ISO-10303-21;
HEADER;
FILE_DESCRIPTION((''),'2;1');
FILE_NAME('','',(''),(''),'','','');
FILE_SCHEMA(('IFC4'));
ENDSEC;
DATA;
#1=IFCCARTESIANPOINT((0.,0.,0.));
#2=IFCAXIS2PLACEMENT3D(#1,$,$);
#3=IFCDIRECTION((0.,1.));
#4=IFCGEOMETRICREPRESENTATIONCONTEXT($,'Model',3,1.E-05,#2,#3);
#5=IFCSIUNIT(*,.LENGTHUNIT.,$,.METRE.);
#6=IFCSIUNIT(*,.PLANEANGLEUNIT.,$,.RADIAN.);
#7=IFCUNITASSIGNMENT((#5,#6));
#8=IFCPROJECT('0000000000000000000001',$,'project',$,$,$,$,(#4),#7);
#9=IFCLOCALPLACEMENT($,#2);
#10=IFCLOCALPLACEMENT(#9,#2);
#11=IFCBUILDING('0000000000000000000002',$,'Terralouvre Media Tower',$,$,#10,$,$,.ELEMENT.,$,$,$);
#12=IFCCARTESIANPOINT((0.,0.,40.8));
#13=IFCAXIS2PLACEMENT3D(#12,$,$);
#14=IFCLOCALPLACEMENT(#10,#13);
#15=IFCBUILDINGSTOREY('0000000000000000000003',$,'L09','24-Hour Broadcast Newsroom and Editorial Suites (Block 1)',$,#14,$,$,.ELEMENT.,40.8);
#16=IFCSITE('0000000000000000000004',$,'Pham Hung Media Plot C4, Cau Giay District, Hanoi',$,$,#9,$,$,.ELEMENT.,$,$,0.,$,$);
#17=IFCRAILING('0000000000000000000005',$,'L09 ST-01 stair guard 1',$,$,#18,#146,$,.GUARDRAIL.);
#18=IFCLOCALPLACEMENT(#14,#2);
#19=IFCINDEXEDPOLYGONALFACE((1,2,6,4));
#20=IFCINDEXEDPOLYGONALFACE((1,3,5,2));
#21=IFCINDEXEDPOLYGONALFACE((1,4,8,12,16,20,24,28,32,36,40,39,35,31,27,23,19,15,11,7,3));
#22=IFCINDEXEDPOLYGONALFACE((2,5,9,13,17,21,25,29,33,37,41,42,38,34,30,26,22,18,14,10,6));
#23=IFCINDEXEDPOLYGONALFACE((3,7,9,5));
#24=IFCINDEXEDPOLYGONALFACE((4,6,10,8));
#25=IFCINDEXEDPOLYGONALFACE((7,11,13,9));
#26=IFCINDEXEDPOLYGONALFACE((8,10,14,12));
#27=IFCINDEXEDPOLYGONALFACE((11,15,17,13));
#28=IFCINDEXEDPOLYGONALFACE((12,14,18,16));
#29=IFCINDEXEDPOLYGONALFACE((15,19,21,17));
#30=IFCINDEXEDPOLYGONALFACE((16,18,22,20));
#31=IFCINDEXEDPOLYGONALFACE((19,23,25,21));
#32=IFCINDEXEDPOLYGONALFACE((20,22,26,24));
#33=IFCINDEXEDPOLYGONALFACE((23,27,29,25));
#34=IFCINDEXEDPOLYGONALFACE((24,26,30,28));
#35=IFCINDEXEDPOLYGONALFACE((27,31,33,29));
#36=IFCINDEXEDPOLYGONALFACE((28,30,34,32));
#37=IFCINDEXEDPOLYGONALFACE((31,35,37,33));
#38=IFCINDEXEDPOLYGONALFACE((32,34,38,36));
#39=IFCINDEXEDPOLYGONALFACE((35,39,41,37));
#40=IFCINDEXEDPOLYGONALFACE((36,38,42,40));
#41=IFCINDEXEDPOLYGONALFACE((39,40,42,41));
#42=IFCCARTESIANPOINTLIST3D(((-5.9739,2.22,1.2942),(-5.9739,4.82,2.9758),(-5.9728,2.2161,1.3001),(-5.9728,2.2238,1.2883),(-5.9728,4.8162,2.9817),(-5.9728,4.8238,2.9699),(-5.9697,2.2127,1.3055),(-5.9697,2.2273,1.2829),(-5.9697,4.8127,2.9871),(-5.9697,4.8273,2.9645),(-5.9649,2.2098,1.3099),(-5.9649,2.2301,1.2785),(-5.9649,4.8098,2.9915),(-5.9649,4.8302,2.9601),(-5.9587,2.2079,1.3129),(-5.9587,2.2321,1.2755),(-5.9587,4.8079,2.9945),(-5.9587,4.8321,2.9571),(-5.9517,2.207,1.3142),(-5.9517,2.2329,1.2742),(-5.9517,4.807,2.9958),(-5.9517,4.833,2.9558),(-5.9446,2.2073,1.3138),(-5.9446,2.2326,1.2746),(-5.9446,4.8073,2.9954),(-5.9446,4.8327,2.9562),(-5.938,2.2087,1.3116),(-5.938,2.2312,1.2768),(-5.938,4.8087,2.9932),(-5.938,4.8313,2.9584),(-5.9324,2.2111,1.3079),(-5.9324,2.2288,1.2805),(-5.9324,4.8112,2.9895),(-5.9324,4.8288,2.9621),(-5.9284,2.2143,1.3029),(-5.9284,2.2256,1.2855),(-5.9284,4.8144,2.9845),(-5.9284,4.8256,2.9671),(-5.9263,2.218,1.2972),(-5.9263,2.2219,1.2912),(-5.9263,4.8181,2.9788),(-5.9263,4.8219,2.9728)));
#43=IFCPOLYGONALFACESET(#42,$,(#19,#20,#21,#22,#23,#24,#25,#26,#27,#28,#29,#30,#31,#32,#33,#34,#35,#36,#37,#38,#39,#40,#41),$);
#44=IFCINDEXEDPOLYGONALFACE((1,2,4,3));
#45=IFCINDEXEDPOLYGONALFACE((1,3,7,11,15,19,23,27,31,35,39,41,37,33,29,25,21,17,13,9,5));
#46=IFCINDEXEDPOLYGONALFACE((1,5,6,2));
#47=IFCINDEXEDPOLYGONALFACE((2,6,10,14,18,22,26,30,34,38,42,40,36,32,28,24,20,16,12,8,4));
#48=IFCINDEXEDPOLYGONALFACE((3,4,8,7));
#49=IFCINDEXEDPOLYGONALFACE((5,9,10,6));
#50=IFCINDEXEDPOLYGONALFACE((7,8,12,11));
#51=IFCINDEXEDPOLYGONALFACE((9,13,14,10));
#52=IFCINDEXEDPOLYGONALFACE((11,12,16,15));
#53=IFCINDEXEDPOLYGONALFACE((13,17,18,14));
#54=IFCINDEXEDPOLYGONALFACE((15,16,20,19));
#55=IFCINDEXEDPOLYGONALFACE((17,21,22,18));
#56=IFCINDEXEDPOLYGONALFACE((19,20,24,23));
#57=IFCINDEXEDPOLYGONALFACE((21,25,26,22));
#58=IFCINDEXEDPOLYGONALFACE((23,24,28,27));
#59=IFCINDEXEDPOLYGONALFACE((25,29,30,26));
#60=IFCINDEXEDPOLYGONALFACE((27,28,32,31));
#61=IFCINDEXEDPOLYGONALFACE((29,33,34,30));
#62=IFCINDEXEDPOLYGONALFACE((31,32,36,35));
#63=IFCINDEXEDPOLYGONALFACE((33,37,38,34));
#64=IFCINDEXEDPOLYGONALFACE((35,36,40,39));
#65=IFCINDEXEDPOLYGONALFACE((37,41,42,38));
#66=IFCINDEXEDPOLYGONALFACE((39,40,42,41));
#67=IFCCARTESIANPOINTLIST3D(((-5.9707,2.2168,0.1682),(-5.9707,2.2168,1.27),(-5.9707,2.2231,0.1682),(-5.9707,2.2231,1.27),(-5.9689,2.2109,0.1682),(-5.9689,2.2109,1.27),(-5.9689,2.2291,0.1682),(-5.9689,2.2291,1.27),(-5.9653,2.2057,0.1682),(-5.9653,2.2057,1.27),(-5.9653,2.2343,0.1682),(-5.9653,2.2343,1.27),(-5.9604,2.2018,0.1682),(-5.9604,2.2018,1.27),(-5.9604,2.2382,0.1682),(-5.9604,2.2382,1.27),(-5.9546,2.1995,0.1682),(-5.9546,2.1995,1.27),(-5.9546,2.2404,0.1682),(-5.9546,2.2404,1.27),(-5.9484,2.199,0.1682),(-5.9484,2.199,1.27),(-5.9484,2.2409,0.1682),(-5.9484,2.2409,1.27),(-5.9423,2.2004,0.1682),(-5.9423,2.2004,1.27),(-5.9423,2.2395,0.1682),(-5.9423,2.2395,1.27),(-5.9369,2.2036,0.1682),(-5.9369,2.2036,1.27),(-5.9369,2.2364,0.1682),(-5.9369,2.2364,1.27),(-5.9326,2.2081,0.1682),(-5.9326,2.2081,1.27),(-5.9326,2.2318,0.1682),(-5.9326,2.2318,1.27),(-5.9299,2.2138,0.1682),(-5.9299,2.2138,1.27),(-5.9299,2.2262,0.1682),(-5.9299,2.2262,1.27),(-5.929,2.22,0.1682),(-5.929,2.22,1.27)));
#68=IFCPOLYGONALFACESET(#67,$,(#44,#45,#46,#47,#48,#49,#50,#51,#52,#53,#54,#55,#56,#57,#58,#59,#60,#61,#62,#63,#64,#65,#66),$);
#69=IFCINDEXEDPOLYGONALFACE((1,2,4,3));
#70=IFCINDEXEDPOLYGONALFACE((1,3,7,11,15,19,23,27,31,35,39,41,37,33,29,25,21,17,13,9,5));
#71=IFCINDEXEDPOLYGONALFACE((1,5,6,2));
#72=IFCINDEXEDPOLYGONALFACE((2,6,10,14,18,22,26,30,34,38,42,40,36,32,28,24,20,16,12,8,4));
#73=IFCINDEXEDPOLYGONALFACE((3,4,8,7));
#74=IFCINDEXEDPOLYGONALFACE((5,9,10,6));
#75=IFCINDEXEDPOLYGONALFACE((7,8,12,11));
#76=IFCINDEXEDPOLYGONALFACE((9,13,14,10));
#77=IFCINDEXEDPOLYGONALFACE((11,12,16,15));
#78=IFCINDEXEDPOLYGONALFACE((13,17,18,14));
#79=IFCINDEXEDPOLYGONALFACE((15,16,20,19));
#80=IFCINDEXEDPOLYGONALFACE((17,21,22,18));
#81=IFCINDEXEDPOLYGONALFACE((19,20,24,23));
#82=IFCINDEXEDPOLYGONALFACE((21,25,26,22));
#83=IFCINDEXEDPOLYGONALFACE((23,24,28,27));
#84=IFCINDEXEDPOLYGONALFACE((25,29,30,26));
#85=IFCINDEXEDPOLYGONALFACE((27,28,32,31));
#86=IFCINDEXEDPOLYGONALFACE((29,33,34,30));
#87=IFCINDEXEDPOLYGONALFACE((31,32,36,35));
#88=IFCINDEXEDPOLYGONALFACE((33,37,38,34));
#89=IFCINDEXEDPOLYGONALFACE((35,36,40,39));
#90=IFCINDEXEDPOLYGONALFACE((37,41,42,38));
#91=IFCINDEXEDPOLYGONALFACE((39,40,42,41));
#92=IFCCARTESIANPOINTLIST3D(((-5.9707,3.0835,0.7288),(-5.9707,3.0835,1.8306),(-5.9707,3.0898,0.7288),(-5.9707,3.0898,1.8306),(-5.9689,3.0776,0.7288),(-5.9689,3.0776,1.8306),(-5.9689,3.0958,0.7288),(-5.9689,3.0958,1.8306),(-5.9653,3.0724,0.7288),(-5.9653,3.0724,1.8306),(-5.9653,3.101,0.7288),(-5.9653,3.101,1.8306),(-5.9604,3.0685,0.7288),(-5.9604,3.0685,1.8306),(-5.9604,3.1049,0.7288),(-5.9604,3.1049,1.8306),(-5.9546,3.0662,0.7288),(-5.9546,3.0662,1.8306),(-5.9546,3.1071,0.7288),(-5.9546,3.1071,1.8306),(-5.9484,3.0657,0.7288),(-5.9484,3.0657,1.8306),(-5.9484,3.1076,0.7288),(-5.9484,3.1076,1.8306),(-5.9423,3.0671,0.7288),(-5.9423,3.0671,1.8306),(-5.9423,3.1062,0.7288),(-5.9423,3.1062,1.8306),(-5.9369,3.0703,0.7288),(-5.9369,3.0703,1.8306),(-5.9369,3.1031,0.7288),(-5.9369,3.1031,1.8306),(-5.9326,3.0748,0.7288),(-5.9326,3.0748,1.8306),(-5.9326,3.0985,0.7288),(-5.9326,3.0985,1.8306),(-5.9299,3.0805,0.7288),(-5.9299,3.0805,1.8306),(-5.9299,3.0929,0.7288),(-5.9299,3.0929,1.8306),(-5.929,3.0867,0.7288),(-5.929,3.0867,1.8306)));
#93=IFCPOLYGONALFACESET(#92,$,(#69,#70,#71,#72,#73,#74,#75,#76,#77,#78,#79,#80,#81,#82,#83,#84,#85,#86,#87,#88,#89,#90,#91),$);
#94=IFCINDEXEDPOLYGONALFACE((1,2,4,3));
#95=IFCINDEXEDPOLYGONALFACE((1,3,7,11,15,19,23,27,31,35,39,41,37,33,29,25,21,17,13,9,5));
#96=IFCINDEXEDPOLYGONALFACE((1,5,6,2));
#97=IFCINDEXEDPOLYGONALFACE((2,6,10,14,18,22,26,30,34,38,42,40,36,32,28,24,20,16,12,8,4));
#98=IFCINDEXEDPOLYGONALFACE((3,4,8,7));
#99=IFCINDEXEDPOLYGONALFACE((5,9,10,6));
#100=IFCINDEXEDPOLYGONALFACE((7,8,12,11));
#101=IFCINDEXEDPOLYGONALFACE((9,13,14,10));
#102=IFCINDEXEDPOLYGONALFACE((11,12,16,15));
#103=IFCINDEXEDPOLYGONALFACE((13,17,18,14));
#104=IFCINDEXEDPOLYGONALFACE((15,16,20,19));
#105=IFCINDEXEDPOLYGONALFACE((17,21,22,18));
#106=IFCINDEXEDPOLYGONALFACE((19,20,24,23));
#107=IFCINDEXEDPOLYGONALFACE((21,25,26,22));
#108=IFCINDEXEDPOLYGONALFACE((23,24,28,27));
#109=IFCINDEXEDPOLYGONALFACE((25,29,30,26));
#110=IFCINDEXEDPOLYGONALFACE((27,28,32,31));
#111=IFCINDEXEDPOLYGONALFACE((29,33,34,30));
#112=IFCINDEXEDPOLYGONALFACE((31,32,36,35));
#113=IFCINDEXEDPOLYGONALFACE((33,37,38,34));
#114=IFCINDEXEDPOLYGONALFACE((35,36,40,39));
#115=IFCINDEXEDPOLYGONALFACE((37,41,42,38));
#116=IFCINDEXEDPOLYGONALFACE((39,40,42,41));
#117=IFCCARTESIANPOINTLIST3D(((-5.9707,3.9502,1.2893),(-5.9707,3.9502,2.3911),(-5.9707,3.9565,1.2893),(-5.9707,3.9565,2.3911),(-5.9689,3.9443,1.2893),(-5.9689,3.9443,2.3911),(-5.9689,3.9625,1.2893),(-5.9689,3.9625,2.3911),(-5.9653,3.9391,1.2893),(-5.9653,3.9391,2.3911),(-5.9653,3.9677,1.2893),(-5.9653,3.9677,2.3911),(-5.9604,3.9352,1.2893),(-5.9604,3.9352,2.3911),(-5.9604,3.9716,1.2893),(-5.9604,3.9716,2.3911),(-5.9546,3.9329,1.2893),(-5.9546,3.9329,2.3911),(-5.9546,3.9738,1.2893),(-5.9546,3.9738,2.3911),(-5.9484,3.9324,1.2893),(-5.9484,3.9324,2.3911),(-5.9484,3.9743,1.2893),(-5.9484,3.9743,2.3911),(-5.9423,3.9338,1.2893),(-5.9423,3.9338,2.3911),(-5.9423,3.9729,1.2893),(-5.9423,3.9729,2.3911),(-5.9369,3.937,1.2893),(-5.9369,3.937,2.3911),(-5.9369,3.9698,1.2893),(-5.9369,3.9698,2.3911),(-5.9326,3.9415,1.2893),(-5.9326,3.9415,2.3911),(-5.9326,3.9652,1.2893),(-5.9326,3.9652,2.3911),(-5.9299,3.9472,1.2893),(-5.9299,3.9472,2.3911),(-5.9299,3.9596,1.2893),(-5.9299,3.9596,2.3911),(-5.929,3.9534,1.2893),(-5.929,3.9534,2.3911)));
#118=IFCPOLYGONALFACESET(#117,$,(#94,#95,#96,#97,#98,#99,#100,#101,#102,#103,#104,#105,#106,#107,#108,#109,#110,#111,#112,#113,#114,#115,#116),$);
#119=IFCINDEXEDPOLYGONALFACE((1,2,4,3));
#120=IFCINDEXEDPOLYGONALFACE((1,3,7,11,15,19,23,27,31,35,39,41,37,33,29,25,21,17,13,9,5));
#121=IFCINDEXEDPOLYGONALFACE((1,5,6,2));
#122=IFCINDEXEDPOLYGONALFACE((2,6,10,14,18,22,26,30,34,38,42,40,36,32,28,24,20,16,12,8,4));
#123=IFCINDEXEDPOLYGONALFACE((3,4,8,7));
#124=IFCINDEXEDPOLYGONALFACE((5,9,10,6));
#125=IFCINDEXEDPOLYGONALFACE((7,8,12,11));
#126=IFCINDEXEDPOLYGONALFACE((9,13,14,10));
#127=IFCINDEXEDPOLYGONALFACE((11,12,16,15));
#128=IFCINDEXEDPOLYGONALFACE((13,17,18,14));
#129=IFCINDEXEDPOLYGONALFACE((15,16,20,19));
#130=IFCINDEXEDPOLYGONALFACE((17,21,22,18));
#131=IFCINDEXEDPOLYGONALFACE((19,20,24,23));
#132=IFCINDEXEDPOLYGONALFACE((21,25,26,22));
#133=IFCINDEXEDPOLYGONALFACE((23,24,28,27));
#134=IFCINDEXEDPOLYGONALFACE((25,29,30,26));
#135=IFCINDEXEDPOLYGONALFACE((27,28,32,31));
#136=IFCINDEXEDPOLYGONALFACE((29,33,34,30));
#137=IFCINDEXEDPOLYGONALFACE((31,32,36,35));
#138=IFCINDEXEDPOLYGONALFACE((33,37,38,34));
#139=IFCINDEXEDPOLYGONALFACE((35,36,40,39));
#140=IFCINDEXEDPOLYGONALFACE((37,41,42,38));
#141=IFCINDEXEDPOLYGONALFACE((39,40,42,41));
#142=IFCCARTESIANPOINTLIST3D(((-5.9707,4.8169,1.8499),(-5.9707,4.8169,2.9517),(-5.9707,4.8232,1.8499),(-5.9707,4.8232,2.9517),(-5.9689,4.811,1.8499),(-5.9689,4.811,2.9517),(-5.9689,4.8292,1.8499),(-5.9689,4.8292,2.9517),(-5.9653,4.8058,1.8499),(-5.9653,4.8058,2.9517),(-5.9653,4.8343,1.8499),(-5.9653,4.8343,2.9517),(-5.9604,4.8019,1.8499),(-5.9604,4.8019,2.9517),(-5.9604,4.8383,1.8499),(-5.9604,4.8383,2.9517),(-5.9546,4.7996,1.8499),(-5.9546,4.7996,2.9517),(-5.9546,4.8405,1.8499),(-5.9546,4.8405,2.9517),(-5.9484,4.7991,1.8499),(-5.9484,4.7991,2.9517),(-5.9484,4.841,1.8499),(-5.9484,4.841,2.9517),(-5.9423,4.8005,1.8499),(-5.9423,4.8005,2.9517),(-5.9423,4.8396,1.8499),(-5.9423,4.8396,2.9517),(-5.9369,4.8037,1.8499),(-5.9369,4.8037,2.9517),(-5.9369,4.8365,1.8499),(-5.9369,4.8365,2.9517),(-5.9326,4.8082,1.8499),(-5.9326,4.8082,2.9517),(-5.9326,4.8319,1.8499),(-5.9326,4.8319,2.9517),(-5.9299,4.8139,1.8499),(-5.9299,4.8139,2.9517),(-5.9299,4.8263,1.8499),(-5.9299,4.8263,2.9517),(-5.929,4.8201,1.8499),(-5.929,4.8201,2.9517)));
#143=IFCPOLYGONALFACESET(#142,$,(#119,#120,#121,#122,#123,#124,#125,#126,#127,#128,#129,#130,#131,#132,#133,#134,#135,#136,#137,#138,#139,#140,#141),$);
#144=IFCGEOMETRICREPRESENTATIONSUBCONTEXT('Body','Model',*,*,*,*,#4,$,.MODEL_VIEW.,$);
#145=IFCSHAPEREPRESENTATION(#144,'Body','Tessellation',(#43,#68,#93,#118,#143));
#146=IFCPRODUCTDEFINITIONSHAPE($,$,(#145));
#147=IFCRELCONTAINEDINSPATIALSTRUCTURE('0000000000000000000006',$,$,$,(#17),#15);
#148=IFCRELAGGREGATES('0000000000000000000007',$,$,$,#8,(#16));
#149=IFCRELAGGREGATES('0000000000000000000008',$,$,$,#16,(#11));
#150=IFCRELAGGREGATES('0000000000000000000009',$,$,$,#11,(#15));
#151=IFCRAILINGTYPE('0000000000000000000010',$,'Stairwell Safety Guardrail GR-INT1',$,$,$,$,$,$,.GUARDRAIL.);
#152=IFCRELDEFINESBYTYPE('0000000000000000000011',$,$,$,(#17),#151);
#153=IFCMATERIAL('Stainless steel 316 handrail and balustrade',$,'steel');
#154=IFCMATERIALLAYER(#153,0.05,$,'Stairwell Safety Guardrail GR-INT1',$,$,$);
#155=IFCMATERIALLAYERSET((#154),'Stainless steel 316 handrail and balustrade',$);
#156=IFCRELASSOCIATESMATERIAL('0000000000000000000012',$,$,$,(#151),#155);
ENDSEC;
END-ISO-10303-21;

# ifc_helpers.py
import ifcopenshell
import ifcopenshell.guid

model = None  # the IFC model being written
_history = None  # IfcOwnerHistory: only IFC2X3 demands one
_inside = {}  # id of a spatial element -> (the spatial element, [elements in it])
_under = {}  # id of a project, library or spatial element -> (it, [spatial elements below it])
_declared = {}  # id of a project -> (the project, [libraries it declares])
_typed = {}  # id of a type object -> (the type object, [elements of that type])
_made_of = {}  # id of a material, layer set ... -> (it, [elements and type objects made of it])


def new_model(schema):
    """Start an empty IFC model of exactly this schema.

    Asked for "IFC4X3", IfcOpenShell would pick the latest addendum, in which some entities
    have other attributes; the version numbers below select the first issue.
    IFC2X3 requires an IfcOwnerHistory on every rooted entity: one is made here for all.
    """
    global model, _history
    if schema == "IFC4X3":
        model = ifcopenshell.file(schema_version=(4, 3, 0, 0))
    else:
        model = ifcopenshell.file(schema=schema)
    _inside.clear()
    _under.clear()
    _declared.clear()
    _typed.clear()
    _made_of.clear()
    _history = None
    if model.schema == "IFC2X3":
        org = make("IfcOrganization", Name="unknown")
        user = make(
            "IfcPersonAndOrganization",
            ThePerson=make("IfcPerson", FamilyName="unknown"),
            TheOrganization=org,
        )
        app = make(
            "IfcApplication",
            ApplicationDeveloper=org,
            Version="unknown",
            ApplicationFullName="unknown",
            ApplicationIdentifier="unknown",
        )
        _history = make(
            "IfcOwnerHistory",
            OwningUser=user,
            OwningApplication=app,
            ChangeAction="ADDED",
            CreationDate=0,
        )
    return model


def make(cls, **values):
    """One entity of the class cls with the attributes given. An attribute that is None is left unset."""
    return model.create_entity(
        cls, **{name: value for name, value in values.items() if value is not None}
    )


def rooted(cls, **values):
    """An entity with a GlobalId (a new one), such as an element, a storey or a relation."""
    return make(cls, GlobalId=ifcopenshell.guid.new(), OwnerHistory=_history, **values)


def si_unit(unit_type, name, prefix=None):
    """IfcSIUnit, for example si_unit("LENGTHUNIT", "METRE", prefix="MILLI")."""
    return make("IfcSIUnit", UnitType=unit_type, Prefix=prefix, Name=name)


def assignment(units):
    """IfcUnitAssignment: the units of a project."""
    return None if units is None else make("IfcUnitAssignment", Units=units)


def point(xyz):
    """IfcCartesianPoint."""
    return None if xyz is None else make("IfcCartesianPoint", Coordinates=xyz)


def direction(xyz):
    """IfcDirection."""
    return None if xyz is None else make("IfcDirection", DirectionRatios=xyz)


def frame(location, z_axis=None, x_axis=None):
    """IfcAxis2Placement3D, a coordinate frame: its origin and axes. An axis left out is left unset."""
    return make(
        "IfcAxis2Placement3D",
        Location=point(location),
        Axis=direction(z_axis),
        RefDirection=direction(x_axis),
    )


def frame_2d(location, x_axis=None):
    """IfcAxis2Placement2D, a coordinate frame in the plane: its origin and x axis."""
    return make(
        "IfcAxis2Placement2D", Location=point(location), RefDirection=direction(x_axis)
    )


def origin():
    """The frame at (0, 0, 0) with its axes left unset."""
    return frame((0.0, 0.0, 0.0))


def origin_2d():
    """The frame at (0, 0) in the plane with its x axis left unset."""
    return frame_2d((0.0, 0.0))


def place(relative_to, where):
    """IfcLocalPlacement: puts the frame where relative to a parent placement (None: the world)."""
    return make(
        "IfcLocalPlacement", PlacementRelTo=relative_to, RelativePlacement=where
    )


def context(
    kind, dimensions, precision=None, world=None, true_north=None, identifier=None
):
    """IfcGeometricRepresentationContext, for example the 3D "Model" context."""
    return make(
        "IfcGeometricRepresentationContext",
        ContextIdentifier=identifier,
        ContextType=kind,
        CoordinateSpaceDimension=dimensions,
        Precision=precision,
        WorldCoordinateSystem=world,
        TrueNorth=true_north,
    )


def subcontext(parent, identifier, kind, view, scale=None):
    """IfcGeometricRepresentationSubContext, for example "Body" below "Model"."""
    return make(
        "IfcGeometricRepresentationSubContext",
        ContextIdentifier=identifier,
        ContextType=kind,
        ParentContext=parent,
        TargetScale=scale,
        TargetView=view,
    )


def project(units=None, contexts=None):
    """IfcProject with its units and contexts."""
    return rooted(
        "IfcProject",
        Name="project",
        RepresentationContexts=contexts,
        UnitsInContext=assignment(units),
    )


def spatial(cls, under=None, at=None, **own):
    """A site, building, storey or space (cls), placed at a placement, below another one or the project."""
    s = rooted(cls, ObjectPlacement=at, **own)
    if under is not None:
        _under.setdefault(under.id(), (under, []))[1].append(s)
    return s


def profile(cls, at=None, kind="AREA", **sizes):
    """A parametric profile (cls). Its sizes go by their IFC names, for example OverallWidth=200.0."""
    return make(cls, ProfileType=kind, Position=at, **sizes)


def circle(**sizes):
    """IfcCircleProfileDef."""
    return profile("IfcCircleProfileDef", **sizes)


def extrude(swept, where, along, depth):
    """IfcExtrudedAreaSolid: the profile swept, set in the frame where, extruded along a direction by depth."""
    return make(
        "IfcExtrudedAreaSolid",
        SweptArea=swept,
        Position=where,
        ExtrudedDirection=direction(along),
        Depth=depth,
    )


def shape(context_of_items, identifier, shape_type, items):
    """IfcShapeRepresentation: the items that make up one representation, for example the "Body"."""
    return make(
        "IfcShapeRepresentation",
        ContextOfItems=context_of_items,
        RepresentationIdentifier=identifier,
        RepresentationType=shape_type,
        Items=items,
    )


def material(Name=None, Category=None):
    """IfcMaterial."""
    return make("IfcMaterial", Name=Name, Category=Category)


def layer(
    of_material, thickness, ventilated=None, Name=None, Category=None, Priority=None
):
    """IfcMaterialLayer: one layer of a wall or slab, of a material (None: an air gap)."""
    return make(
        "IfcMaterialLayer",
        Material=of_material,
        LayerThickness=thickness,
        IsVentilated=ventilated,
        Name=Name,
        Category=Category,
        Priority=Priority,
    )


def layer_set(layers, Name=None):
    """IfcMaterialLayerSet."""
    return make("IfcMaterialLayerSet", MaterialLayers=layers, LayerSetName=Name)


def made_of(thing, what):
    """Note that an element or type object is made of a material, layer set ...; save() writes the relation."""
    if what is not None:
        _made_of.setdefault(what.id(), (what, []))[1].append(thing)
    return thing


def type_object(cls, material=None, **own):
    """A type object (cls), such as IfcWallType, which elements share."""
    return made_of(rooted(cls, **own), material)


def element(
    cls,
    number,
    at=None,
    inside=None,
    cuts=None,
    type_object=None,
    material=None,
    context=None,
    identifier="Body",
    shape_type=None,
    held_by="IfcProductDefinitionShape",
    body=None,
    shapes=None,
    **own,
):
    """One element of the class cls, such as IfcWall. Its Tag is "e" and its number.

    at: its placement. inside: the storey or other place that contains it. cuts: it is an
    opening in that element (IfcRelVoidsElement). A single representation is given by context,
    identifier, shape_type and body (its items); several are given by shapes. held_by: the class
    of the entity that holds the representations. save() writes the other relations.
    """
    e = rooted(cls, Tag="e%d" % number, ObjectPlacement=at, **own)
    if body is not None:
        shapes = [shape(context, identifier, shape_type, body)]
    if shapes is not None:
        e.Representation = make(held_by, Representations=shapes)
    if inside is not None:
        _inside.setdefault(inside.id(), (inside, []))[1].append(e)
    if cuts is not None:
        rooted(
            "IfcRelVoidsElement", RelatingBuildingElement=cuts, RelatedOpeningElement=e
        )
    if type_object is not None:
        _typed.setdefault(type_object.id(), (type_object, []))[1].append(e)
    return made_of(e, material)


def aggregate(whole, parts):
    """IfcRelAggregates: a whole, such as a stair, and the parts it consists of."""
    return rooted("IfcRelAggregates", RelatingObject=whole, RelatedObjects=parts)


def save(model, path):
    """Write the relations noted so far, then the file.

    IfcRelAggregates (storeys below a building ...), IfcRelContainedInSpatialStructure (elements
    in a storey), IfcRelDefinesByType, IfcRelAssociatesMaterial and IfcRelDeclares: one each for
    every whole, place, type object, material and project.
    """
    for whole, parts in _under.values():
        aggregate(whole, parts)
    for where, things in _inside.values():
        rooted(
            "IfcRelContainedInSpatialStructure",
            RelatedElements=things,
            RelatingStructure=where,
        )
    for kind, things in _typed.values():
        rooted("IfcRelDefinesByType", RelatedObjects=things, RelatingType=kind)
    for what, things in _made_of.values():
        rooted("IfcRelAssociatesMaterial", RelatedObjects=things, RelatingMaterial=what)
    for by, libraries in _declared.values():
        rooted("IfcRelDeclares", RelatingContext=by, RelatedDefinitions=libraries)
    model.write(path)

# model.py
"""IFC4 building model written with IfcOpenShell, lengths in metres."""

from ifc_helpers import new_model, si_unit, direction, frame, origin, origin_2d, place, context, subcontext, project, spatial, circle, extrude, material, layer, layer_set, type_object, element, save


model = new_model("IFC4")

# Units and contexts
model_context = context("Model", 3, precision=1e-05, world=origin(), true_north=direction((0.0, 1.0)))
body_context = subcontext(model_context, "Body", "Model", "MODEL_VIEW")
ifc_project = project(units=[si_unit("LENGTHUNIT", "METRE"), si_unit("PLANEANGLEUNIT", "RADIAN")], contexts=[model_context])

# Site, building, storey
site_placement = place(None, origin())
site = spatial("IfcSite", under=ifc_project, at=site_placement, Name="Pham Hung Media Plot C4, Cau Giay District, Hanoi", CompositionType="ELEMENT", RefElevation=0.0)
building_placement = place(site_placement, origin())
building = spatial("IfcBuilding", under=site, at=building_placement, Name="Terralouvre Media Tower", CompositionType="ELEMENT")
storey_placement = place(building_placement, frame((0.0, 0.0, 40.8)))
storey = spatial("IfcBuildingStorey", under=building, at=storey_placement, Name="L09", Description="24-Hour Broadcast Newsroom and Editorial Suites (Block 1)", CompositionType="ELEMENT", Elevation=40.8)

# Railing
ifc_material_1 = material(Name="Stainless steel 316 handrail and balustrade", Category="steel")
ifc_layer_1 = layer(ifc_material_1, 0.05, Name="Stairwell Safety Guardrail GR-INT1")
ifc_layer_set_1 = layer_set([ifc_layer_1], Name="Stainless steel 316 handrail and balustrade")
railing_type_1 = type_object("IfcRailingType", Name="Stairwell Safety Guardrail GR-INT1", PredefinedType="GUARDRAIL", material=ifc_layer_set_1)
railing_1_placement = place(storey_placement, frame((-5.95, 2.22, 0.1682)))
element("IfcRailing", 1, at=railing_1_placement, inside=storey, type_object=railing_type_1, Name="L09 ST-01 stair guard 1", PredefinedType="GUARDRAIL", context=body_context, shape_type="SweptSolid", body=[
    extrude(circle(Radius=0.0239, at=origin_2d()), frame((0.0, 0.0, 1.126), z_axis=(0.0, 0.839684, 0.543075), x_axis=(-1.0, 0.0, 0.0)), (0.0, 0.0, 1.0), 3.0964),
    extrude(circle(Radius=0.021, at=origin_2d()), origin(), (0.0, 0.0, 1.0), 1.1018),
    extrude(circle(Radius=0.021, at=origin_2d()), frame((0.0, 0.8667, 0.5605)), (0.0, 0.0, 1.0), 1.1018),
    extrude(circle(Radius=0.021, at=origin_2d()), frame((0.0, 1.7334, 1.1211)), (0.0, 0.0, 1.0), 1.1018),
    extrude(circle(Radius=0.021, at=origin_2d()), frame((0.0, 2.6001, 1.6816)), (0.0, 0.0, 1.0), 1.1018),
])

save(model, "model.ifc")
